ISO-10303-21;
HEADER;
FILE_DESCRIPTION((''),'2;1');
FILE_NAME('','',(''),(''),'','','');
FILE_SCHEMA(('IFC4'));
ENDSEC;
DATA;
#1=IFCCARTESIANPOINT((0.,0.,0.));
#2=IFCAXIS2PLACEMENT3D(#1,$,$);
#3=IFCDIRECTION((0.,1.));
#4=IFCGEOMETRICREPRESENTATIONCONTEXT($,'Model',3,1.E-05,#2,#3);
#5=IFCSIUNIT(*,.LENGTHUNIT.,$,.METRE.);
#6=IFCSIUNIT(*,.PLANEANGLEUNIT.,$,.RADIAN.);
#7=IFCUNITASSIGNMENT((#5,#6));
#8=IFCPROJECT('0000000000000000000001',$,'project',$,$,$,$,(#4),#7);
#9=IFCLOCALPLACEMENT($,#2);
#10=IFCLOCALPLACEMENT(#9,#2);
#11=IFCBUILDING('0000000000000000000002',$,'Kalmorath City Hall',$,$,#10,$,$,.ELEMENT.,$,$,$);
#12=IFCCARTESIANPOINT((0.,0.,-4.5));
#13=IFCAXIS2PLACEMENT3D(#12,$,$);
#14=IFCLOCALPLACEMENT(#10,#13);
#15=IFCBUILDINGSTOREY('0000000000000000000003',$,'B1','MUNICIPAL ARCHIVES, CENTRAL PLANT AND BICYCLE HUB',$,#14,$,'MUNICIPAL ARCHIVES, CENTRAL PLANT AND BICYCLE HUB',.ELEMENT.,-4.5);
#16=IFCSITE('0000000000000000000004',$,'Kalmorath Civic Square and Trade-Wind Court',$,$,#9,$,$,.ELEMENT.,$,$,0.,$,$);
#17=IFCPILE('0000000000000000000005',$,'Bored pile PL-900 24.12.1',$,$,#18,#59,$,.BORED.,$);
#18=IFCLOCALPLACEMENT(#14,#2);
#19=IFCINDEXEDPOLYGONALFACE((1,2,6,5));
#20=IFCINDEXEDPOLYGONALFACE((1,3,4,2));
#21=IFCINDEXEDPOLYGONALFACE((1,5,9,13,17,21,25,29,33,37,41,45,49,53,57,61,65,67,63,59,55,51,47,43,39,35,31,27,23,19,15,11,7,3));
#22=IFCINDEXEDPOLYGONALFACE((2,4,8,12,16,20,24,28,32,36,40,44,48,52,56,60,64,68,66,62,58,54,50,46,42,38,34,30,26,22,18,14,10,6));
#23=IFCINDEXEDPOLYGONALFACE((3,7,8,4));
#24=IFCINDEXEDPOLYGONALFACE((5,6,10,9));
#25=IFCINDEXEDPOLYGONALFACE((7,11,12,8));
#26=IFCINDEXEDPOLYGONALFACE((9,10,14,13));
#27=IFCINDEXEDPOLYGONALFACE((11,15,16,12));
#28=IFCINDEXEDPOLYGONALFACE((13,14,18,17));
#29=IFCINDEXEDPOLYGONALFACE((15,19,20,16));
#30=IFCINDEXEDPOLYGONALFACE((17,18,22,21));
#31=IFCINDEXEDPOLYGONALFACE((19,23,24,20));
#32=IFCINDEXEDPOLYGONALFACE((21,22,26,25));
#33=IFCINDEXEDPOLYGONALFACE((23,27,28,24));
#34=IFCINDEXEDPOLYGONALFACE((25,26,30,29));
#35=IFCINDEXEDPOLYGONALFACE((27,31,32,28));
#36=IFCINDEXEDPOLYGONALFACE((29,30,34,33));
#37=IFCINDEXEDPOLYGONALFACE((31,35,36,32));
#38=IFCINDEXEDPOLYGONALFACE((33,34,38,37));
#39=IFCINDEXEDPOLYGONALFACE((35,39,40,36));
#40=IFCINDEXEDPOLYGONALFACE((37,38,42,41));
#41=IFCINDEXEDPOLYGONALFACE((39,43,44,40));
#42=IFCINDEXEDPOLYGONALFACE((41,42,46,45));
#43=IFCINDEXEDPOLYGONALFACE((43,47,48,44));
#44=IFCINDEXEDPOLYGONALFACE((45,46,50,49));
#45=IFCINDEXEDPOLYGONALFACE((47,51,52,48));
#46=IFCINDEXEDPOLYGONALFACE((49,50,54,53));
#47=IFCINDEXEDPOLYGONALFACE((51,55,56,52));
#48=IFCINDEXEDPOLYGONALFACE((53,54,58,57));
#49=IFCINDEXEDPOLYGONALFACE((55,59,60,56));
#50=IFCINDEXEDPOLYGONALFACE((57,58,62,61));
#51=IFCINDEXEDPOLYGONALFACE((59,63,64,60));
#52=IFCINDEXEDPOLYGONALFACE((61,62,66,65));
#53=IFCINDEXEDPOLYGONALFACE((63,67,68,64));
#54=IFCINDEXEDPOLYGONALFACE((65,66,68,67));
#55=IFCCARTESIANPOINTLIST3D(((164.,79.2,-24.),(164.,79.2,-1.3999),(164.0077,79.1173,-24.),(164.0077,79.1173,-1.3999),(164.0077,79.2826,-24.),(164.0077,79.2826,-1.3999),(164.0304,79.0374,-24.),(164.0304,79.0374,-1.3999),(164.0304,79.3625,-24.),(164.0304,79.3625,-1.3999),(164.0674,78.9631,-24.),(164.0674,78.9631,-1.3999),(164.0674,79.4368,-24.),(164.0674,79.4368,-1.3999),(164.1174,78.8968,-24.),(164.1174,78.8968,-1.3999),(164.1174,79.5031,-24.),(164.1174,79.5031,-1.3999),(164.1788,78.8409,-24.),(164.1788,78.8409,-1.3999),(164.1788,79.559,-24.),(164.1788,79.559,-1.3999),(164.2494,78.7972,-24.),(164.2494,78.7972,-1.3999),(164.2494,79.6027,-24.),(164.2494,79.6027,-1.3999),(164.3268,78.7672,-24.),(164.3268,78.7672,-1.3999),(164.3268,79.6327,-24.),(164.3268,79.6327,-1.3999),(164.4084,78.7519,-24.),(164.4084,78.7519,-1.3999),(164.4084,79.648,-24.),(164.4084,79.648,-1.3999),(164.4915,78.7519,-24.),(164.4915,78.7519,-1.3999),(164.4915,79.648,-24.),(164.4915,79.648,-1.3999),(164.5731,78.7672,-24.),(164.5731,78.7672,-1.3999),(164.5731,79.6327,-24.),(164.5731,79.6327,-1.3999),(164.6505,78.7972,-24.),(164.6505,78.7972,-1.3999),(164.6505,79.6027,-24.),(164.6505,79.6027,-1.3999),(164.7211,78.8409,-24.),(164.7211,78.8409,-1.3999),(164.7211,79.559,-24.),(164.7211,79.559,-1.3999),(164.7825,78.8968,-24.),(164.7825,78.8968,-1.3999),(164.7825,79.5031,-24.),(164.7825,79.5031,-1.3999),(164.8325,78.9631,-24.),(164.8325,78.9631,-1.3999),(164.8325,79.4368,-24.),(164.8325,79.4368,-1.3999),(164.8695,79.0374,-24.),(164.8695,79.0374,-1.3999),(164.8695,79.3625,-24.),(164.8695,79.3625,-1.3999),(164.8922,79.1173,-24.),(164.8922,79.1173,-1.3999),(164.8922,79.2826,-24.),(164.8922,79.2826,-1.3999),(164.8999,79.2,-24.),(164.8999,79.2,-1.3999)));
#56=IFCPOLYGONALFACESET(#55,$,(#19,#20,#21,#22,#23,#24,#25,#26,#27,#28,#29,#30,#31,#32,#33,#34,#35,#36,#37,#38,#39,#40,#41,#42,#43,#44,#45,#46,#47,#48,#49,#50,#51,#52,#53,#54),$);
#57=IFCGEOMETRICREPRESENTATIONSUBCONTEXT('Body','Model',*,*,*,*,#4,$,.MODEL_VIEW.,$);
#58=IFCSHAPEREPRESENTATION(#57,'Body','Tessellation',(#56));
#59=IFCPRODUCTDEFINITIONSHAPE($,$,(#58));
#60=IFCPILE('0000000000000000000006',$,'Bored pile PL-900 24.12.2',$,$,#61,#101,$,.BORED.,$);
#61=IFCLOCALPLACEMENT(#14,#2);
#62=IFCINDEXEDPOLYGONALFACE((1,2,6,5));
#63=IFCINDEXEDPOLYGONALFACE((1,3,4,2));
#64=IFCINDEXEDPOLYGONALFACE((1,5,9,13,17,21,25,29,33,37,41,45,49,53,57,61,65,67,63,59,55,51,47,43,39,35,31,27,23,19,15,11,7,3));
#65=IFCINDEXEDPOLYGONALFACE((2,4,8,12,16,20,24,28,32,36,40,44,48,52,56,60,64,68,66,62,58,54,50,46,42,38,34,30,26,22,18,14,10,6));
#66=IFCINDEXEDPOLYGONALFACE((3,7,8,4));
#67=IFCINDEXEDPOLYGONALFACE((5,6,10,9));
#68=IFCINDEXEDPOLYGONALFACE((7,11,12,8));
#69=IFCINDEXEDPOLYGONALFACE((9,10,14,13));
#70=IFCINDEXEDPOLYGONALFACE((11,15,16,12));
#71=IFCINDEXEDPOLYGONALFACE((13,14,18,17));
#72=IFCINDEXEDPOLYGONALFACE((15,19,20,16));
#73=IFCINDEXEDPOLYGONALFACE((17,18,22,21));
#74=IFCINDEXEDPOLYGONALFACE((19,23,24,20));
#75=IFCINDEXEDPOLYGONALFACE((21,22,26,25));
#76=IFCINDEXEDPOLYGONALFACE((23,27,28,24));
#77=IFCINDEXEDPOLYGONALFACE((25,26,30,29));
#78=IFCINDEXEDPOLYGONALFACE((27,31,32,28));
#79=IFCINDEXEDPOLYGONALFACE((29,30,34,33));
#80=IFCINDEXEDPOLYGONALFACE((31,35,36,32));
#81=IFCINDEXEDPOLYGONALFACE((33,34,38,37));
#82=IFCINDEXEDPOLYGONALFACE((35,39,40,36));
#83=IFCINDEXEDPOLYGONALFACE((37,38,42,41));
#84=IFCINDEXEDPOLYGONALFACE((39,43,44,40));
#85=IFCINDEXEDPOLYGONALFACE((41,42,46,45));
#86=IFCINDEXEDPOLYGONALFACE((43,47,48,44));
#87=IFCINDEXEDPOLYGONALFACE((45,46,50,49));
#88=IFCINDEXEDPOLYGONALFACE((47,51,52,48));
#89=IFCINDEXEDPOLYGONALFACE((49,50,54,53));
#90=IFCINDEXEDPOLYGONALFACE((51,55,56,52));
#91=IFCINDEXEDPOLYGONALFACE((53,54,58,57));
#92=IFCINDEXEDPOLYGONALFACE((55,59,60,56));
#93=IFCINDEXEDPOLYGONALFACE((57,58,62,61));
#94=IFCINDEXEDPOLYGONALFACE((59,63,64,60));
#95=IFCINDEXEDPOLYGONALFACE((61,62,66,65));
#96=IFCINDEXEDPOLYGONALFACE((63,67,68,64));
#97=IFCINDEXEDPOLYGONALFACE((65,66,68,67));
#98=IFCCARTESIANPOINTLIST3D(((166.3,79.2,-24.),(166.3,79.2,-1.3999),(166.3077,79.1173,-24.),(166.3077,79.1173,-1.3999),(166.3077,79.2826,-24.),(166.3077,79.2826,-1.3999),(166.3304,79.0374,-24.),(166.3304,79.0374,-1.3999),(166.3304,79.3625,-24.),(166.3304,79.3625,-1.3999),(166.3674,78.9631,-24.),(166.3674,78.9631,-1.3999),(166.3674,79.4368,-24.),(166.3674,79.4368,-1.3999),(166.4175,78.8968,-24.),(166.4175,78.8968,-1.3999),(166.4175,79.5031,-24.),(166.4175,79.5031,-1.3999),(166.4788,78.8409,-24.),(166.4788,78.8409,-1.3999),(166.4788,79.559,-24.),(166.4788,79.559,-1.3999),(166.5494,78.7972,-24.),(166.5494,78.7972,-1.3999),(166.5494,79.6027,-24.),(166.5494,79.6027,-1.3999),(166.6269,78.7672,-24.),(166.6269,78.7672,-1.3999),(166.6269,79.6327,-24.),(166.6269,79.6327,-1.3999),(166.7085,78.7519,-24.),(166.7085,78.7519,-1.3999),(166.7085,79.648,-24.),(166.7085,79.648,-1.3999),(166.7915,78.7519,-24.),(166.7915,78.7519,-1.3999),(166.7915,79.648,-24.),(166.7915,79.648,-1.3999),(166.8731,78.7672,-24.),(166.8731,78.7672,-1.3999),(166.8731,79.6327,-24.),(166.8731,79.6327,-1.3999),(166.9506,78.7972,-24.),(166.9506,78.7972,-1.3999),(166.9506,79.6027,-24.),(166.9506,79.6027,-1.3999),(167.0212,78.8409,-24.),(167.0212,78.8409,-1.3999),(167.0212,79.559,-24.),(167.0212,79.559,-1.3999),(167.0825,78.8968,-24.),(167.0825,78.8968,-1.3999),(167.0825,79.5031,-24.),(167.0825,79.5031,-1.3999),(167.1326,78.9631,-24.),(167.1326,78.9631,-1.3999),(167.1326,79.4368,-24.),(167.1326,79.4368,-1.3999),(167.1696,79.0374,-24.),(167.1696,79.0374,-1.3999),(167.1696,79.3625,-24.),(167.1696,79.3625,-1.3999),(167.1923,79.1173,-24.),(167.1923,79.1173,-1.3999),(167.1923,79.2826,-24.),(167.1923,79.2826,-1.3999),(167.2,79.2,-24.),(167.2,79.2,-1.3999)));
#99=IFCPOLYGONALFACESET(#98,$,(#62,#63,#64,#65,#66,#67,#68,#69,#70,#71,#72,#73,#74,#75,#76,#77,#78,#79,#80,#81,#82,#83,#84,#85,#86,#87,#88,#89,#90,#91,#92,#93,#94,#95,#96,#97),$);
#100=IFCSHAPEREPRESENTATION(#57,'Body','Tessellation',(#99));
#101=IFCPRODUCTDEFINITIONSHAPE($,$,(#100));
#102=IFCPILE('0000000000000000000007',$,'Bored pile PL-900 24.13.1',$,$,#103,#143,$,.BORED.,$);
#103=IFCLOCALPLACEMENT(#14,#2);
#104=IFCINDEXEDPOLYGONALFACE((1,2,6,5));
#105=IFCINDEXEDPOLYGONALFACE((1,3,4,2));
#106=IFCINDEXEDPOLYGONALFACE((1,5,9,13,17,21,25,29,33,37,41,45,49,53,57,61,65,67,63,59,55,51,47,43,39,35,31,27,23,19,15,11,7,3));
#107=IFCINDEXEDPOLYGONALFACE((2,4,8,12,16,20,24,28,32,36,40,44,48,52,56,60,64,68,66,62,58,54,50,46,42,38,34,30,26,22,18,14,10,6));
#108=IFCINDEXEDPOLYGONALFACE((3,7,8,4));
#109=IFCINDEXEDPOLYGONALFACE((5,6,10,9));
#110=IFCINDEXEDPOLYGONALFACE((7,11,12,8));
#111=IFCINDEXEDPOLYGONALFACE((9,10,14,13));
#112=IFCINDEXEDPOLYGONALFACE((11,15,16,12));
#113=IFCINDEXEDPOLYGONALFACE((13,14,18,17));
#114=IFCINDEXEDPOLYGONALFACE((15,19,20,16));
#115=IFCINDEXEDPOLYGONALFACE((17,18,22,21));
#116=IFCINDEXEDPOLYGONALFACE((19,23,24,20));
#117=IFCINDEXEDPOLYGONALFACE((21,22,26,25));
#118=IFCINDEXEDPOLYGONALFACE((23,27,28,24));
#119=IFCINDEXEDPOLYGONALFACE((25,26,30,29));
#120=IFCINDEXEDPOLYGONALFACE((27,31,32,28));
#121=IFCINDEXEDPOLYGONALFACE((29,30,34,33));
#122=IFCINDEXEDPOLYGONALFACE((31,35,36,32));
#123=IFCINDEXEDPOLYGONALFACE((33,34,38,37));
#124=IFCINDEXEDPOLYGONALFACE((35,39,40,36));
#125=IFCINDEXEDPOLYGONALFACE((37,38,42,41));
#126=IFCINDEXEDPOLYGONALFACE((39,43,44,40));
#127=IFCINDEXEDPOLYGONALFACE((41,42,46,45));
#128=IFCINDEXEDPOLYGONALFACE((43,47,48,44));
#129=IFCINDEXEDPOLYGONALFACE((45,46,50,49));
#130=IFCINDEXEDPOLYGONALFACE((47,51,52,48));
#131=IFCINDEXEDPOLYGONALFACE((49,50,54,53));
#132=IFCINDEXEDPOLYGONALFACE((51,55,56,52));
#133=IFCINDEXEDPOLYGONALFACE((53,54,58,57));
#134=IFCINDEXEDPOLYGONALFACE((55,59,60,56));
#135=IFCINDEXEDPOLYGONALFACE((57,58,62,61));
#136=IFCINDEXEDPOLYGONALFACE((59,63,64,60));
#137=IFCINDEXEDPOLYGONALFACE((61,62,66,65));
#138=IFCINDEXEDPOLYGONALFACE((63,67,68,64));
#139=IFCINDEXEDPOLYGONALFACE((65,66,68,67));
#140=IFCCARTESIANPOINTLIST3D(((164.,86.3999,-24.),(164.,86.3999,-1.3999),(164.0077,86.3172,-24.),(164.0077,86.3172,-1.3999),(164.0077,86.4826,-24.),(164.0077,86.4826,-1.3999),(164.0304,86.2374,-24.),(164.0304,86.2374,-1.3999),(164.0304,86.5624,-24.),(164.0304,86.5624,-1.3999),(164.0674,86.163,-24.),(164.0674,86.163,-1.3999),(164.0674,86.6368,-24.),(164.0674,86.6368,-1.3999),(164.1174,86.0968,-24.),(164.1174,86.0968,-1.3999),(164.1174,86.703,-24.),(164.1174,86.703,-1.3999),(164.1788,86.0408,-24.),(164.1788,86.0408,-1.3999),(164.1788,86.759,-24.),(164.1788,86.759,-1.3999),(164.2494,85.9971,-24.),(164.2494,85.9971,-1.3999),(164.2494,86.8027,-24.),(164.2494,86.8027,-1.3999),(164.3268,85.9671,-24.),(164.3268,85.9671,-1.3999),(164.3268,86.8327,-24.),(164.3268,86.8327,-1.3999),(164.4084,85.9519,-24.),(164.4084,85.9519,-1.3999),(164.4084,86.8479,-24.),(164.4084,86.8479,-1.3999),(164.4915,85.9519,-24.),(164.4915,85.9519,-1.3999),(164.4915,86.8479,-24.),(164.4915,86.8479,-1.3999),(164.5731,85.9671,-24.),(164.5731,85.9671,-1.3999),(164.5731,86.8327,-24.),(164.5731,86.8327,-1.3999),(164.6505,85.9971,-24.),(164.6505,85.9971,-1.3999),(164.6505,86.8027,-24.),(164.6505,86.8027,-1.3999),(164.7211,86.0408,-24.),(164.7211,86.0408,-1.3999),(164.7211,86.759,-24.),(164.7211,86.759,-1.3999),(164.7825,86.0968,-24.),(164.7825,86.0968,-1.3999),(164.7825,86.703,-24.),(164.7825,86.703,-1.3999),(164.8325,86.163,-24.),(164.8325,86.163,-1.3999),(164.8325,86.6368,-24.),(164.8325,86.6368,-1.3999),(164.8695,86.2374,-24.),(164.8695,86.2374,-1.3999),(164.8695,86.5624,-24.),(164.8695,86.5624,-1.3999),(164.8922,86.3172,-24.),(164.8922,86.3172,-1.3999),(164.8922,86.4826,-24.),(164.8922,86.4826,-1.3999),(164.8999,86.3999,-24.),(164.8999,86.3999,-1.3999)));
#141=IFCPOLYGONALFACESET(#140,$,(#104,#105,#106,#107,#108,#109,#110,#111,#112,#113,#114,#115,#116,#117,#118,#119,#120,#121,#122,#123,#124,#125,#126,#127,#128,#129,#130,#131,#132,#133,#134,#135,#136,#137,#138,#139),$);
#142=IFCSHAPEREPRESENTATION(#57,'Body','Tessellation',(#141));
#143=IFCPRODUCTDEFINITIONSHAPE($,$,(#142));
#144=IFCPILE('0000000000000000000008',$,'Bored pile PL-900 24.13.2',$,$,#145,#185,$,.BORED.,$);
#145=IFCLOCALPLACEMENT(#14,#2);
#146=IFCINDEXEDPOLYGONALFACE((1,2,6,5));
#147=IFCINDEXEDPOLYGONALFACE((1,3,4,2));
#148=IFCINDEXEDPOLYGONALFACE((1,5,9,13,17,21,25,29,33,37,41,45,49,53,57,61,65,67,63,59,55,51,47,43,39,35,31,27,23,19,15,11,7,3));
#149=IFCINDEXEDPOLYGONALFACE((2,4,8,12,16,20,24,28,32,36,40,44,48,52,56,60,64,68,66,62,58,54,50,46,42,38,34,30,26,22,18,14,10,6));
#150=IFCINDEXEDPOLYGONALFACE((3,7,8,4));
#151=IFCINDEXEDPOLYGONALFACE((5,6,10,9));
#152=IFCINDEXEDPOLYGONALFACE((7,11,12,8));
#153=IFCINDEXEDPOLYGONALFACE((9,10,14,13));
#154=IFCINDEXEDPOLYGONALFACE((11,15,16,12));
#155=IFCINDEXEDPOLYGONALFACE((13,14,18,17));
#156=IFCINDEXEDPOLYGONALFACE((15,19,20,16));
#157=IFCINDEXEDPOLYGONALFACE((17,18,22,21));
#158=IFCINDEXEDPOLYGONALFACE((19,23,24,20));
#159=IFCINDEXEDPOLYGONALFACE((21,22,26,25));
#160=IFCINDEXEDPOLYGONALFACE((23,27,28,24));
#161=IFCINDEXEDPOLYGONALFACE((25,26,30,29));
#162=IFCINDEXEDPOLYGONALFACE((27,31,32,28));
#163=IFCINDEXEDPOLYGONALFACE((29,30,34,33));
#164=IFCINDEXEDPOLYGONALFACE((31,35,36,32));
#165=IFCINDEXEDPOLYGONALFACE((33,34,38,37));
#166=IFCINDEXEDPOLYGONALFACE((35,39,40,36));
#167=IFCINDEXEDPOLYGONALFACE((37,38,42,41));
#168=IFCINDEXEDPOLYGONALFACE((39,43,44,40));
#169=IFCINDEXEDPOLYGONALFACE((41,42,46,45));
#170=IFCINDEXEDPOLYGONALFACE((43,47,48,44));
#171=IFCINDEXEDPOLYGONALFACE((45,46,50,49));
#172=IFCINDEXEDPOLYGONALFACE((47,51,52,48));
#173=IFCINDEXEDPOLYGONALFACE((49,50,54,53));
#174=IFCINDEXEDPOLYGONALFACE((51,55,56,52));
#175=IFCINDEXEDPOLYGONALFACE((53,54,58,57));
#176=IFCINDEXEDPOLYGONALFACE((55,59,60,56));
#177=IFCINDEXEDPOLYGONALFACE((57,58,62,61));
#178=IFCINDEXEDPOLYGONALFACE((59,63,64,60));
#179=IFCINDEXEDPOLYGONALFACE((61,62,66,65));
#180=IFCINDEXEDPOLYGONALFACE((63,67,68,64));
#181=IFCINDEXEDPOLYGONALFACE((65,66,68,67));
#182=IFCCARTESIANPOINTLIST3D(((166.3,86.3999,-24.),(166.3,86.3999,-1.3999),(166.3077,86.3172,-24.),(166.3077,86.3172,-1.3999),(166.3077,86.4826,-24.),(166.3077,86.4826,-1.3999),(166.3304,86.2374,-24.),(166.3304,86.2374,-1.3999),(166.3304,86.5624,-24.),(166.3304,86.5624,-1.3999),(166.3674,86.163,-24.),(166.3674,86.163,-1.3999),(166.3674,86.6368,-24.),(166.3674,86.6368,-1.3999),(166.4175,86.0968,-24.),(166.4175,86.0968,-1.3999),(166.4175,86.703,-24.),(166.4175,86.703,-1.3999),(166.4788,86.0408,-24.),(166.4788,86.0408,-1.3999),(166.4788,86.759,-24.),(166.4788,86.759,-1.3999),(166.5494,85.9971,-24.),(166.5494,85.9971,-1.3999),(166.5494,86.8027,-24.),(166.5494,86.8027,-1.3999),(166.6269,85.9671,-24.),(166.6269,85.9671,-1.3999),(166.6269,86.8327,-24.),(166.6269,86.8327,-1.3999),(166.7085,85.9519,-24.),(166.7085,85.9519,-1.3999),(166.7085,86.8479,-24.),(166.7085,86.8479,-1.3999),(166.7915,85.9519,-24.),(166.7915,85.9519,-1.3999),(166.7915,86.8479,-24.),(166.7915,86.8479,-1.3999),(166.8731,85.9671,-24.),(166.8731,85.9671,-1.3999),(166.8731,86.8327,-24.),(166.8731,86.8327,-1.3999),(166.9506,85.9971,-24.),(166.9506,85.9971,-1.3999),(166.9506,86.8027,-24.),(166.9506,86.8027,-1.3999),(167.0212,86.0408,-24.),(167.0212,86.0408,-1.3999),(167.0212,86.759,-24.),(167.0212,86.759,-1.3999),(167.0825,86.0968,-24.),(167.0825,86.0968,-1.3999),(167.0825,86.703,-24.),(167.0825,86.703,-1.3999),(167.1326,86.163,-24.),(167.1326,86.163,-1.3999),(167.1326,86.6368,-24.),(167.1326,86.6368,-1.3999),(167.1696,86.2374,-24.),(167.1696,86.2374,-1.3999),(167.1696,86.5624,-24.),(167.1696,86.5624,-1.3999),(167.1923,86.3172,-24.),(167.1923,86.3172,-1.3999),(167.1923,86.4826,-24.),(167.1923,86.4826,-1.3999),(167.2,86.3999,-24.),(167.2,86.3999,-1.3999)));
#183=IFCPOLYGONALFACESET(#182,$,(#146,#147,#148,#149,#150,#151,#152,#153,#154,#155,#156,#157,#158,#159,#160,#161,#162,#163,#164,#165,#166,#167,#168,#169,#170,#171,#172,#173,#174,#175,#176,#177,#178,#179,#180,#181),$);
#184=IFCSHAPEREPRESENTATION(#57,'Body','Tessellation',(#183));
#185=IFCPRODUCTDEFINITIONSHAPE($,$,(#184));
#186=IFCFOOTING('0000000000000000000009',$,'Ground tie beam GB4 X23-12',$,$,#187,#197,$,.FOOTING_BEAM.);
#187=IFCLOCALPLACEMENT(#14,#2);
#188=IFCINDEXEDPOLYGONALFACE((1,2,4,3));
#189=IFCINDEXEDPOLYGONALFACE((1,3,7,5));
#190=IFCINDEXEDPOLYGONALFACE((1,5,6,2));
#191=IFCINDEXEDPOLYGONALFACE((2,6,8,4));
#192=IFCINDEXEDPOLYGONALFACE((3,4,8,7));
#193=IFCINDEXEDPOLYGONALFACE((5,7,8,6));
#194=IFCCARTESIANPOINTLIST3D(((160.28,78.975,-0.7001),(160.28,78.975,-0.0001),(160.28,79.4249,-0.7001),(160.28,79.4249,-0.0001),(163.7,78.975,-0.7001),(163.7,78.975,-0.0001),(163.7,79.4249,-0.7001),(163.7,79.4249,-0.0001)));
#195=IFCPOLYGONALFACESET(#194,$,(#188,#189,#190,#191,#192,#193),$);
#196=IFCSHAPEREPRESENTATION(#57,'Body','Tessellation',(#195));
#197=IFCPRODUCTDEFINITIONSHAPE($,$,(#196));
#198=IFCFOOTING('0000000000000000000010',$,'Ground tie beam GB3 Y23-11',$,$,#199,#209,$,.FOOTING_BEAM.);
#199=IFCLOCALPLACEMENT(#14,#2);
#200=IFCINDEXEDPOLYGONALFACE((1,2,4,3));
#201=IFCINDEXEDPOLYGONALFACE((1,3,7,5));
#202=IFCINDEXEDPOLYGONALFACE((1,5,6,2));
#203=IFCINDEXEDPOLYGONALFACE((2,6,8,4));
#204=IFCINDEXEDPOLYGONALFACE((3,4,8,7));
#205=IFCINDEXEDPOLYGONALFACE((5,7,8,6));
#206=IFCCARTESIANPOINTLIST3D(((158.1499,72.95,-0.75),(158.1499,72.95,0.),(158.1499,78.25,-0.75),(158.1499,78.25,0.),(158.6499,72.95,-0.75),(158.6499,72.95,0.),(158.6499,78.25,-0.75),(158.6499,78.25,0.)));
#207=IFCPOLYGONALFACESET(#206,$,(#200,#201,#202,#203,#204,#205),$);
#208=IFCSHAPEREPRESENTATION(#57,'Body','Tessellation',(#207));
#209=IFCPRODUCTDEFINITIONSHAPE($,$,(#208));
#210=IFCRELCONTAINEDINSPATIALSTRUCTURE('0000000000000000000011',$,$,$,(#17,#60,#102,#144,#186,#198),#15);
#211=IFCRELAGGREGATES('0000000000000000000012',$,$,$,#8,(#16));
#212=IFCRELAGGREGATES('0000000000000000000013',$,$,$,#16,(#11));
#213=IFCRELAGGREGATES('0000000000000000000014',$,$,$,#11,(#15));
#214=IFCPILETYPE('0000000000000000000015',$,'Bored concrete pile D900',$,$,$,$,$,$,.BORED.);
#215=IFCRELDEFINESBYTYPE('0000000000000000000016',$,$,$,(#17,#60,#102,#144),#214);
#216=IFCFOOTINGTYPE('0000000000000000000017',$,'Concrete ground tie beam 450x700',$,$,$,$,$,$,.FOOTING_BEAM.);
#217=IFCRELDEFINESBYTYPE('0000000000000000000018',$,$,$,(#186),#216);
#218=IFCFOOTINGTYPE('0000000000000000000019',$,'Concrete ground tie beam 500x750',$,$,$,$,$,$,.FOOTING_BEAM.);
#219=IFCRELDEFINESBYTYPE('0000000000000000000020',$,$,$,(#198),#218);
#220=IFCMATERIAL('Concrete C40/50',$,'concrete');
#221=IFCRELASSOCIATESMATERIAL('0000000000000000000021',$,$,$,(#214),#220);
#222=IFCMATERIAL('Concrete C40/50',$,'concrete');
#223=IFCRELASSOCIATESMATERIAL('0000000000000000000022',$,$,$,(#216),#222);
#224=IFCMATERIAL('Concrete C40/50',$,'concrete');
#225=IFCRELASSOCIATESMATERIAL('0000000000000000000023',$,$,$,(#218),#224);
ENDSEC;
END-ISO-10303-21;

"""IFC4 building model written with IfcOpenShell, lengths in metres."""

from ifc_helpers import new_model, si_unit, direction, frame, origin, origin_2d, place, context, subcontext, project, spatial, rectangle, circle, extrude, material, material_profile, profile_set, type_object, element, save


model = new_model("IFC4")

# Units and contexts
model_context = context("Model", 3, precision=1e-05, world=origin(), true_north=direction((0.0, 1.0)))
body_context = subcontext(model_context, "Body", "Model", "MODEL_VIEW")
ifc_project = project(units=[si_unit("LENGTHUNIT", "METRE"), si_unit("PLANEANGLEUNIT", "RADIAN")], contexts=[model_context])

# Site, building, storey
site_placement = place(None, origin())
site = spatial("IfcSite", under=ifc_project, at=site_placement, Name="Kalmorath Civic Square and Trade-Wind Court", CompositionType="ELEMENT", RefElevation=0.0)
building_placement = place(site_placement, origin())
building = spatial("IfcBuilding", under=site, at=building_placement, Name="Kalmorath City Hall", CompositionType="ELEMENT")
storey_placement = place(building_placement, frame((0.0, 0.0, -4.5)))
storey = spatial("IfcBuildingStorey", under=building, at=storey_placement, Name="B1", Description="MUNICIPAL ARCHIVES, CENTRAL PLANT AND BICYCLE HUB", LongName="MUNICIPAL ARCHIVES, CENTRAL PLANT AND BICYCLE HUB", CompositionType="ELEMENT", Elevation=-4.5)

# Piles
ifc_material_1 = material(Name="Concrete C40/50", Category="concrete")
ifc_material_profile_1 = material_profile(ifc_material_1, circle(Radius=0.45, at=origin_2d()), Name="PILE-D900")
ifc_profile_set_1 = profile_set([ifc_material_profile_1], Name="Concrete C40/50")
pile_type_1 = type_object("IfcPileType", Name="Bored concrete pile D900", PredefinedType="BORED", material=ifc_profile_set_1)
for number, where, z_axis, x_axis, name in (
    (1, (164.45, 79.2, -1.3999), (0.0, 0.0, -1.0), (1.0, 0.0, 0.0), "Bored pile PL-900 24.12.1"),
    (2, (166.75, 79.2, -1.3999), (0.0, 0.0, -1.0), (1.0, 0.0, 0.0), "Bored pile PL-900 24.12.2"),
    (3, (164.45, 86.3999, -1.3999), (0.0, 0.0, -1.0), (1.0, 0.0, 0.0), "Bored pile PL-900 24.13.1"),
    (4, (166.75, 86.3999, -1.3999), (0.0, 0.0, -1.0), (1.0, 0.0, 0.0), "Bored pile PL-900 24.13.2"),
):
    element("IfcPile", number, at=place(storey_placement, frame(where, z_axis=z_axis, x_axis=x_axis)), inside=storey, type_object=pile_type_1, Name=name, PredefinedType="BORED", context=body_context, shape_type="SweptSolid", body=[
        extrude(circle(Radius=0.45, at=origin_2d()), origin(), (0.0, 0.0, 1.0), 22.6001),
    ])

# Footings
ifc_material_2 = material(Name="Concrete C40/50", Category="concrete")
ifc_material_profile_2 = material_profile(ifc_material_2, rectangle(XDim=0.45, YDim=0.7, at=origin_2d()), Name="RC-BM-450X700")
ifc_profile_set_2 = profile_set([ifc_material_profile_2], Name="Concrete C40/50")
footing_type_1 = type_object("IfcFootingType", Name="Concrete ground tie beam 450x700", PredefinedType="FOOTING_BEAM", material=ifc_profile_set_2)
footing_1_placement = place(storey_placement, frame((160.28, 79.2, -0.3501), z_axis=(1.0, 0.0, 0.0), x_axis=(0.0, 1.0, 0.0)))
element("IfcFooting", 5, at=footing_1_placement, inside=storey, type_object=footing_type_1, Name="Ground tie beam GB4 X23-12", PredefinedType="FOOTING_BEAM", context=body_context, shape_type="SweptSolid", body=[
    extrude(rectangle(XDim=0.45, YDim=0.7, at=origin_2d()), origin(), (0.0, 0.0, 1.0), 3.4199),
])
ifc_material_3 = material(Name="Concrete C40/50", Category="concrete")
ifc_material_profile_3 = material_profile(ifc_material_3, rectangle(XDim=0.5, YDim=0.75, at=origin_2d()), Name="RC-BM-500X750")
ifc_profile_set_3 = profile_set([ifc_material_profile_3], Name="Concrete C40/50")
footing_type_2 = type_object("IfcFootingType", Name="Concrete ground tie beam 500x750", PredefinedType="FOOTING_BEAM", material=ifc_profile_set_3)
footing_2_placement = place(storey_placement, frame((158.3999, 72.95, -0.375), z_axis=(0.0, 1.0, 0.0), x_axis=(-1.0, 0.0, 0.0)))
element("IfcFooting", 6, at=footing_2_placement, inside=storey, type_object=footing_type_2, Name="Ground tie beam GB3 Y23-11", PredefinedType="FOOTING_BEAM", context=body_context, shape_type="SweptSolid", body=[
    extrude(rectangle(XDim=0.5, YDim=0.75, at=origin_2d()), origin(), (0.0, 0.0, 1.0), 5.3),
])

save(model, "model.ifc")
